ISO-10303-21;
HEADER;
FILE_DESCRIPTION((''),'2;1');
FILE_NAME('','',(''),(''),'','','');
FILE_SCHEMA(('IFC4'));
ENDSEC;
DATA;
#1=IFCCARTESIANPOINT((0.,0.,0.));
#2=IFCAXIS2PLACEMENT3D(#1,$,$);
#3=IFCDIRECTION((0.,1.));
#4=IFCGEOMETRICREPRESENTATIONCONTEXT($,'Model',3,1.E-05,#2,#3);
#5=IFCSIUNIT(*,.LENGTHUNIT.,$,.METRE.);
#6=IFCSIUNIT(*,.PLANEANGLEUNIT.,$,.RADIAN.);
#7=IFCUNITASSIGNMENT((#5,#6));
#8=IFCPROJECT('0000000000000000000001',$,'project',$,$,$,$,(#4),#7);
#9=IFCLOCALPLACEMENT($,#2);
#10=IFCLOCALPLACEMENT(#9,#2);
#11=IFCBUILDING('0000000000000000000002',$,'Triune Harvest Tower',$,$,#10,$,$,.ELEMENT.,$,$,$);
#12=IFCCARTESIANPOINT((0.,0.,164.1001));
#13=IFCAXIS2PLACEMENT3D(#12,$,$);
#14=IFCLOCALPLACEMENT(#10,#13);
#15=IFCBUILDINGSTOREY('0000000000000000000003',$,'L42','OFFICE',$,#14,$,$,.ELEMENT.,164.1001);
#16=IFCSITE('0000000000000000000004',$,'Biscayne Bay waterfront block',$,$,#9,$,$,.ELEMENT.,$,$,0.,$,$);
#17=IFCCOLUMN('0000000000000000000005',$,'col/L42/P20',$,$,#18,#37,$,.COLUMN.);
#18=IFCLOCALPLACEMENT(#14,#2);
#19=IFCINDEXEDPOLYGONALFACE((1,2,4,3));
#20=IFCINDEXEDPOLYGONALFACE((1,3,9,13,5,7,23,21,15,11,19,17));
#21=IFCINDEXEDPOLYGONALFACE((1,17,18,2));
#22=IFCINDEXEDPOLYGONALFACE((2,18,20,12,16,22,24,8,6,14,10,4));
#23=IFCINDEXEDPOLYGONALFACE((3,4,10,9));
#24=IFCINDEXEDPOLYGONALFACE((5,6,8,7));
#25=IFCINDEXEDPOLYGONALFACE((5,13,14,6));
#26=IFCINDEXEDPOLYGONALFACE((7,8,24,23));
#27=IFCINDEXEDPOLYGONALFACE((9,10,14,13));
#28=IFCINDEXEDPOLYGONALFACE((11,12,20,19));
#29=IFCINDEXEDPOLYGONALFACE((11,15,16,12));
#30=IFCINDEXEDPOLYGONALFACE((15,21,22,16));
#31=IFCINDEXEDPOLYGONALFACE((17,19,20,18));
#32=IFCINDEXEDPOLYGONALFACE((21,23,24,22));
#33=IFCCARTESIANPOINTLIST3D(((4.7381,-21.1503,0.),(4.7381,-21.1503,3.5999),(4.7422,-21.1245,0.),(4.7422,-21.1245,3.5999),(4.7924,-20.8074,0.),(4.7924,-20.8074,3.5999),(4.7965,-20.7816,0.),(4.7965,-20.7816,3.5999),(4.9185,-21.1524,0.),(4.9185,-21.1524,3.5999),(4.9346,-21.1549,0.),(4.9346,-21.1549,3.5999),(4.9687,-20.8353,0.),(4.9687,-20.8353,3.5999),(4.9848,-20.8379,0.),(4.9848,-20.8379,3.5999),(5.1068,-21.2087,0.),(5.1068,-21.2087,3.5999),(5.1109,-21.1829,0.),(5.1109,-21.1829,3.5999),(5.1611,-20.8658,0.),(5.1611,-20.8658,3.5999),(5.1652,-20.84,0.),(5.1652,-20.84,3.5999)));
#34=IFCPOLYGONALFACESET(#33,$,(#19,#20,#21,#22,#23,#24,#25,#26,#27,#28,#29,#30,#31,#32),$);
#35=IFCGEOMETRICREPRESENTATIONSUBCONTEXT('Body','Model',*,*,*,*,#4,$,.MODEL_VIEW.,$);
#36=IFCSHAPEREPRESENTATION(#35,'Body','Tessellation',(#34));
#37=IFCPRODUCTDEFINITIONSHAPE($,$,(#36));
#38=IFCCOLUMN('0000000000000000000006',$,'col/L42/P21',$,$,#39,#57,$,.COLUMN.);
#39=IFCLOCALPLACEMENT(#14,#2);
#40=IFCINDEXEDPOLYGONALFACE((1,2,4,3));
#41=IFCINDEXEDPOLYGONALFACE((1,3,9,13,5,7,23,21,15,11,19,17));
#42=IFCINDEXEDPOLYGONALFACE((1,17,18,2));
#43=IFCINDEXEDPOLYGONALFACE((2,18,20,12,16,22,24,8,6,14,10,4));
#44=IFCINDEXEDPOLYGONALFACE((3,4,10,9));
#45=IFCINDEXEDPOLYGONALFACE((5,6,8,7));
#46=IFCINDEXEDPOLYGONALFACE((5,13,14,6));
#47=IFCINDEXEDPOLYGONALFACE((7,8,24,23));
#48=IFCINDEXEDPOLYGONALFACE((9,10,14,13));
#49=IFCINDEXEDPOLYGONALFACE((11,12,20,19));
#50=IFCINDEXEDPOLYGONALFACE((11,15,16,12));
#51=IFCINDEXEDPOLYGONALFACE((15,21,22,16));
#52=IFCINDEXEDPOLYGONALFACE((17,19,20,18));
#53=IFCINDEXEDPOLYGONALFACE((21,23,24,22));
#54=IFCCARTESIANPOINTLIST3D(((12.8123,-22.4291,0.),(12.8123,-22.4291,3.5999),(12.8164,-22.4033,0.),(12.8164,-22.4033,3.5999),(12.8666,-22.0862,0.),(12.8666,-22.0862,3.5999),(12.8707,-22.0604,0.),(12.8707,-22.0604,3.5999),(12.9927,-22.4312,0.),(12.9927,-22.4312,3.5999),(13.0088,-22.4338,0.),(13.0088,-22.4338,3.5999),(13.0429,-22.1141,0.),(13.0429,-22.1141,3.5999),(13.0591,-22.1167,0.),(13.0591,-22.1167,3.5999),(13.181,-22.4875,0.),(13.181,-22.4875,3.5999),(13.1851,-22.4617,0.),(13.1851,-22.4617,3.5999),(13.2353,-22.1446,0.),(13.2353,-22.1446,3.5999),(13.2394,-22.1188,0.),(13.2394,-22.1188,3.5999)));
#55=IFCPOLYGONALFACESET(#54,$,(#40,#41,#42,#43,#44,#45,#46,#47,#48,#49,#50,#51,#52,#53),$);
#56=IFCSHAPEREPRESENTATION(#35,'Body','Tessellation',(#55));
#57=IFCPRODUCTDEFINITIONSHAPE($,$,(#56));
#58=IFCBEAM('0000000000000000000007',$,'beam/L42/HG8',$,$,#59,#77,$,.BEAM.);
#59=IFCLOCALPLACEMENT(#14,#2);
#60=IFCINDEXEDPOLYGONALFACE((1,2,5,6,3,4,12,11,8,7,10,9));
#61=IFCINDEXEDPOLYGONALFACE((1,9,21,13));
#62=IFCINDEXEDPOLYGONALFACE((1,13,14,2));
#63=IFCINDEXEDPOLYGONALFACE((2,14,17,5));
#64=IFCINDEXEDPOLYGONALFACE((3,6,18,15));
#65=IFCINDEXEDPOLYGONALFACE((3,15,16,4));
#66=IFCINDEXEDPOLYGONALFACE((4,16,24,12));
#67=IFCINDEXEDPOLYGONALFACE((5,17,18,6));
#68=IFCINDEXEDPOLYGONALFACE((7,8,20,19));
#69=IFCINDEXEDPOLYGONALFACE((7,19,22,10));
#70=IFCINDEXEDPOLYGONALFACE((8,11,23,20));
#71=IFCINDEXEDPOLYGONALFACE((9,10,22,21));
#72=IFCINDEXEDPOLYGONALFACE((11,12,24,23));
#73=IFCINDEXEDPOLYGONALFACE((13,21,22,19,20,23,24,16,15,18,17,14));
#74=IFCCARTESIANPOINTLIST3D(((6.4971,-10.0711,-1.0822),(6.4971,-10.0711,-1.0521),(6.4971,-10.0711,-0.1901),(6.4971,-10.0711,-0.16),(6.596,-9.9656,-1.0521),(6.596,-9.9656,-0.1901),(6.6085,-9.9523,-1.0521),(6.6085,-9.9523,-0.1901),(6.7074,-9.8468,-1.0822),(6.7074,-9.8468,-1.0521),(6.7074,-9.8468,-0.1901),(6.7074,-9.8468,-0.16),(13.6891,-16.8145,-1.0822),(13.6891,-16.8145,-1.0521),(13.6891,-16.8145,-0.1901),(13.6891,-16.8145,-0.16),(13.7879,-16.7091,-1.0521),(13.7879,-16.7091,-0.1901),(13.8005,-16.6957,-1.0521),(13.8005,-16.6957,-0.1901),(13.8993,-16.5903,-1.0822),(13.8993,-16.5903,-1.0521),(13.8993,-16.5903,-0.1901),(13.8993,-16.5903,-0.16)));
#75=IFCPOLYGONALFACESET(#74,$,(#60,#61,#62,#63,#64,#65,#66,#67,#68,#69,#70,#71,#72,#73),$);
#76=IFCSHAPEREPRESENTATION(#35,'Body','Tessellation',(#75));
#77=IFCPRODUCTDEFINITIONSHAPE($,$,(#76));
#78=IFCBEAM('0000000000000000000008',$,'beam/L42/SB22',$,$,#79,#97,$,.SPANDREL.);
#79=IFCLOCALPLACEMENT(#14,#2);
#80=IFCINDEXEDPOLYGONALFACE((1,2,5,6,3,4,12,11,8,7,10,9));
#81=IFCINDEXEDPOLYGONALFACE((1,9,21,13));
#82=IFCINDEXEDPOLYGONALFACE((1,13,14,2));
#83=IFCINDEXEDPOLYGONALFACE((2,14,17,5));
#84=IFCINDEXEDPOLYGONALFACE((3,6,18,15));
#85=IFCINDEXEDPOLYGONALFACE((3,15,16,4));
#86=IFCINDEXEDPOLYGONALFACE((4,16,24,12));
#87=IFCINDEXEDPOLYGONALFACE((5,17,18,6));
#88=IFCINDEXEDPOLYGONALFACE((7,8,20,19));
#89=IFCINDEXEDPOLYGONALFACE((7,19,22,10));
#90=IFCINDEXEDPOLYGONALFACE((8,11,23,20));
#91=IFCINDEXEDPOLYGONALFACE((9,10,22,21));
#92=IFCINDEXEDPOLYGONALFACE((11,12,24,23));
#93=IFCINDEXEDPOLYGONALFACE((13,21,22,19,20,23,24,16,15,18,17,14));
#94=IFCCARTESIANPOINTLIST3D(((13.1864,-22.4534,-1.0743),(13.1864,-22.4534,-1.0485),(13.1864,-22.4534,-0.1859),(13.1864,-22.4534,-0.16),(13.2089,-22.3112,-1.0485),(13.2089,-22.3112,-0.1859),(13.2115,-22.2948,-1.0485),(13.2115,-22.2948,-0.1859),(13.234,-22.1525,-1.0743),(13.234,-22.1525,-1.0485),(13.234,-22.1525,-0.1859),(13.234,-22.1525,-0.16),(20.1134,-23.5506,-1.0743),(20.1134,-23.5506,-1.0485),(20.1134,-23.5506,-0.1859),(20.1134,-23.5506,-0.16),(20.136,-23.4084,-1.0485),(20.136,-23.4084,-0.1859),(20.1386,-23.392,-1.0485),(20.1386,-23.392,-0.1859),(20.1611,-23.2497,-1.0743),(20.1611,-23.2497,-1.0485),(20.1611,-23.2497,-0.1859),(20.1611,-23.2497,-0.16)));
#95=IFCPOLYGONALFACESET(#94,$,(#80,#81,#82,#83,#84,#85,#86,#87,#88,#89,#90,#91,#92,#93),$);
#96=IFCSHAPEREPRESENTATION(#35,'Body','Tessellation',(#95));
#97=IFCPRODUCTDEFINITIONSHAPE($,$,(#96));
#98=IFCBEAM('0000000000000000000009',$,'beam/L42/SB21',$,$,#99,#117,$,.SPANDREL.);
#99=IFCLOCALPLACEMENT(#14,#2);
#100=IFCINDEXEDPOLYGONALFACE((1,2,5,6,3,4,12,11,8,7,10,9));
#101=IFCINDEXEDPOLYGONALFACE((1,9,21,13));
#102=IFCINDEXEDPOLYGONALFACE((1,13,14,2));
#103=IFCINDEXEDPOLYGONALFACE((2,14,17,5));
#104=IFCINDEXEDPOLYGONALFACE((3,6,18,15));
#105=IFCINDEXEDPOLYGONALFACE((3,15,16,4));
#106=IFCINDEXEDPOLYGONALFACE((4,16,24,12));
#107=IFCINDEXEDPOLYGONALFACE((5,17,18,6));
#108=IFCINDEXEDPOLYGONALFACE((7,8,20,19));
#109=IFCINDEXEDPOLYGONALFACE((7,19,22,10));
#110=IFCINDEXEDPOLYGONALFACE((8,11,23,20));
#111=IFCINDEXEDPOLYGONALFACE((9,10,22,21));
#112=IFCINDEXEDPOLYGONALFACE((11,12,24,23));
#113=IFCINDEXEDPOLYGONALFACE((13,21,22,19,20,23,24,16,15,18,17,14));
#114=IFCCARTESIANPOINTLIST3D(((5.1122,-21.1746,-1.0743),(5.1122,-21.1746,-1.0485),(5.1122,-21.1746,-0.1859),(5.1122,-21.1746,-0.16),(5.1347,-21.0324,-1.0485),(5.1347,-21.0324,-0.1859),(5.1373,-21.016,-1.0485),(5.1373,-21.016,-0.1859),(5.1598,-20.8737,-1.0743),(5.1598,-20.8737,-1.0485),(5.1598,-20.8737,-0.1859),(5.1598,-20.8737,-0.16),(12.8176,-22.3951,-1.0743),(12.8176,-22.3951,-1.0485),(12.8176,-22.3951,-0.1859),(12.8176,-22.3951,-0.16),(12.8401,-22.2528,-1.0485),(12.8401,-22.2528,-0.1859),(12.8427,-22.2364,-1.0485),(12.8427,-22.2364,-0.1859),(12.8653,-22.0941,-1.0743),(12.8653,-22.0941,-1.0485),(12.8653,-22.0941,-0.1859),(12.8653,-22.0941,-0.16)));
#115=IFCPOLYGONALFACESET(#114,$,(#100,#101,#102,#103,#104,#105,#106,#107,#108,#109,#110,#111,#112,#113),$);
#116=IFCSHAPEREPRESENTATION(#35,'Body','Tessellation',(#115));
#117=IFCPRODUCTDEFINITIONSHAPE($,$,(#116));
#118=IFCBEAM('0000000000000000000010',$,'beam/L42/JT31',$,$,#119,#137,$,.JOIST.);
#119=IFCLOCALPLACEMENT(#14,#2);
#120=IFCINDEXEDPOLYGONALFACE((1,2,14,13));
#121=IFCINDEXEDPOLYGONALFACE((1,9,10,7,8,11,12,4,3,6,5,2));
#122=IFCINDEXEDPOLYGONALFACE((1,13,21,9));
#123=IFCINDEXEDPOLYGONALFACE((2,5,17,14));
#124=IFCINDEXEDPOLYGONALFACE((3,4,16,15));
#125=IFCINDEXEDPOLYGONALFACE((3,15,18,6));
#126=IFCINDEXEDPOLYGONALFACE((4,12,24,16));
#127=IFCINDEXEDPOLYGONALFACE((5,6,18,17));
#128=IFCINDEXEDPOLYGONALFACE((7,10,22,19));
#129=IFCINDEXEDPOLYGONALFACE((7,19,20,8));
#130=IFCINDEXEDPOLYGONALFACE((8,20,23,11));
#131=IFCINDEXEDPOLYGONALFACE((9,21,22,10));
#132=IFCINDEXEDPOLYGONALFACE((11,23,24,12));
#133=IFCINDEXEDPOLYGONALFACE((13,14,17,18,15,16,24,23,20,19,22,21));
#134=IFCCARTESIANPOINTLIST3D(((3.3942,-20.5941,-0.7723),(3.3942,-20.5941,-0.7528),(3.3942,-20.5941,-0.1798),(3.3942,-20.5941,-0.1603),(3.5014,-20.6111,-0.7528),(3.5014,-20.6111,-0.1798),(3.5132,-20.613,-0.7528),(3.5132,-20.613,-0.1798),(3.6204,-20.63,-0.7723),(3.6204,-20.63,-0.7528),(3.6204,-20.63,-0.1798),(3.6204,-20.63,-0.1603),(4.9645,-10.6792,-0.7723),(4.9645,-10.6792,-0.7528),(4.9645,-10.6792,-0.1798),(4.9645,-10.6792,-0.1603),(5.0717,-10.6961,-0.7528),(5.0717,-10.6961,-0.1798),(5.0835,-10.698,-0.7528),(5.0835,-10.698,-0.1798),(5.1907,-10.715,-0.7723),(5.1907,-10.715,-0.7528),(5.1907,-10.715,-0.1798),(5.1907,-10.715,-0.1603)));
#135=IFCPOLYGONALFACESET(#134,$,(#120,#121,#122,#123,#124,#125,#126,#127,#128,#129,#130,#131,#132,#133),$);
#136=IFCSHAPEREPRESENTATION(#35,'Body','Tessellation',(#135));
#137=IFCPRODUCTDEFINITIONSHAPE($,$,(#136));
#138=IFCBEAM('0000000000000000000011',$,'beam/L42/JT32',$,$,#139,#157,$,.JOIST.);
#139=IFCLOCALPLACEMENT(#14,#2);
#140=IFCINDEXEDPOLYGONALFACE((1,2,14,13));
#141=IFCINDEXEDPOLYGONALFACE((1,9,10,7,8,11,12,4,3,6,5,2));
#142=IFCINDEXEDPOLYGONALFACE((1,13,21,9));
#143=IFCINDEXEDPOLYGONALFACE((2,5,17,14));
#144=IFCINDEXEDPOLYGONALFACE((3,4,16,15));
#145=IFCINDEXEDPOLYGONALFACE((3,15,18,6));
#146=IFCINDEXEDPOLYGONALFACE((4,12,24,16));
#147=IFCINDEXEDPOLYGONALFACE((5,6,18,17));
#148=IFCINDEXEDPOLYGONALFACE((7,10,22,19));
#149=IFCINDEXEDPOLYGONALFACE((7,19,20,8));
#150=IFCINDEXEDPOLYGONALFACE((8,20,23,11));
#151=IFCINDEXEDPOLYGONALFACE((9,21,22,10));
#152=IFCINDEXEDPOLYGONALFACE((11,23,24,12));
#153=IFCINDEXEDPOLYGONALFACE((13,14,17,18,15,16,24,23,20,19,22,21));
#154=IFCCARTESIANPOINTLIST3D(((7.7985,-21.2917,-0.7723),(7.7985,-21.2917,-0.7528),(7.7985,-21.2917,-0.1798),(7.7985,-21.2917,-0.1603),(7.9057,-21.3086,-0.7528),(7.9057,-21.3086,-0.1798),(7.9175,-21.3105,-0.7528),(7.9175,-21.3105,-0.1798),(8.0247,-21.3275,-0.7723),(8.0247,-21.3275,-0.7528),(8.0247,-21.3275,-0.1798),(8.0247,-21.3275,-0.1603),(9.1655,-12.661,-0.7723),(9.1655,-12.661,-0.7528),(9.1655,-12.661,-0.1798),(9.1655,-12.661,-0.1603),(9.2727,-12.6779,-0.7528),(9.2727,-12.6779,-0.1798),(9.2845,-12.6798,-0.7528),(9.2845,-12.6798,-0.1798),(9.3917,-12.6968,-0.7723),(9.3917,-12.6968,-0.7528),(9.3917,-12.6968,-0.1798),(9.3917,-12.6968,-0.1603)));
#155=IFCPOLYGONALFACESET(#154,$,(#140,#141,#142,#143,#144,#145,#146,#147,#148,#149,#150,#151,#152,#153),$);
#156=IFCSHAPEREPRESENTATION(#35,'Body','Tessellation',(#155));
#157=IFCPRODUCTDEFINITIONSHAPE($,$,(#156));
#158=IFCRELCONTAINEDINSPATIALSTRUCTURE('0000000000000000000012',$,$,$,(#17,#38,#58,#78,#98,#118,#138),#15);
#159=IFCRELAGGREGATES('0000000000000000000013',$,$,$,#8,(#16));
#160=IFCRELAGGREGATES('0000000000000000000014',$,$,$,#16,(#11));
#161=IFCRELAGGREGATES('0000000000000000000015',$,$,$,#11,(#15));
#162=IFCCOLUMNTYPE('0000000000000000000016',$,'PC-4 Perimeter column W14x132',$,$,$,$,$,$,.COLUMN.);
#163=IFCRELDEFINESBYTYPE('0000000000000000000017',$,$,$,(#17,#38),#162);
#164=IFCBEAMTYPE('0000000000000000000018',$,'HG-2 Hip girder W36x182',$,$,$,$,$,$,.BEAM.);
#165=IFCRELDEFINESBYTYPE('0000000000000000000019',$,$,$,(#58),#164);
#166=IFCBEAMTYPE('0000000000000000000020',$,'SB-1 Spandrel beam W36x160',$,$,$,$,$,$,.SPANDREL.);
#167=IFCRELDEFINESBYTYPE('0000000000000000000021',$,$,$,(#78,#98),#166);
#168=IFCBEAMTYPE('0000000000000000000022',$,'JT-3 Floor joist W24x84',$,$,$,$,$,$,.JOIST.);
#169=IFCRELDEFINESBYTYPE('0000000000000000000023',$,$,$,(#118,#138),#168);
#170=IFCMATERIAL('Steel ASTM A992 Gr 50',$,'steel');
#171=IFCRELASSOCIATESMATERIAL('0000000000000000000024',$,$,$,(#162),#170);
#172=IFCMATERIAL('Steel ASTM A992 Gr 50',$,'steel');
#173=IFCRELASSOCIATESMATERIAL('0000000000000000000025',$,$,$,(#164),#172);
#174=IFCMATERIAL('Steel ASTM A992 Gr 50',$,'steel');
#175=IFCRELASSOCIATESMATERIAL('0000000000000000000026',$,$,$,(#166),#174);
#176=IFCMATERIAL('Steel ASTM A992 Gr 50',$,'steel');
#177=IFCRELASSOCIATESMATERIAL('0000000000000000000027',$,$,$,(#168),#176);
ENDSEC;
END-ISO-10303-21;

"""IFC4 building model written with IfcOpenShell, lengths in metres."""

from ifc_helpers import new_model, si_unit, direction, frame, origin, origin_2d, place, context, subcontext, project, spatial, i_section, extrude, source, transform, mapped, material, material_profile, profile_set, type_object, element, save


model = new_model("IFC4")

# Units and contexts
model_context = context("Model", 3, precision=1e-05, world=origin(), true_north=direction((0.0, 1.0)))
body_context = subcontext(model_context, "Body", "Model", "MODEL_VIEW")
ifc_project = project(units=[si_unit("LENGTHUNIT", "METRE"), si_unit("PLANEANGLEUNIT", "RADIAN")], contexts=[model_context])

# Site, building, storey
site_placement = place(None, origin())
site = spatial("IfcSite", under=ifc_project, at=site_placement, Name="Biscayne Bay waterfront block", CompositionType="ELEMENT", RefElevation=0.0)
building_placement = place(site_placement, origin())
building = spatial("IfcBuilding", under=site, at=building_placement, Name="Triune Harvest Tower", CompositionType="ELEMENT")
storey_placement = place(building_placement, frame((0.0, 0.0, 164.1001)))
storey = spatial("IfcBuildingStorey", under=building, at=storey_placement, Name="L42", Description="OFFICE", CompositionType="ELEMENT", Elevation=164.1001)

# Columns
ifc_material_1 = material(Name="Steel ASTM A992 Gr 50", Category="steel")
ifc_material_profile_1 = material_profile(ifc_material_1, i_section(OverallWidth=0.3733, OverallDepth=0.3733, WebThickness=0.0164, FlangeThickness=0.0261, at=origin_2d()), Name="W14x132")
ifc_profile_set_1 = profile_set([ifc_material_profile_1], Name="Steel ASTM A992 Gr 50")
column_type = type_object("IfcColumnType", Name="PC-4 Perimeter column W14x132", PredefinedType="COLUMN", material=ifc_profile_set_1)
shared_shape_1 = source(origin(), body_context, "Body", "SweptSolid", [
    extrude(i_section(OverallWidth=0.3733, OverallDepth=0.3733, WebThickness=0.0164, FlangeThickness=0.0261, at=origin_2d()), origin(), (0.0, 0.0, 1.0), 3.5999),
])
for number, where, z_axis, x_axis, name in (
    (1, (4.9517, -20.9951, 0.0), (0.0, 0.0, 1.0), (0.987688, -0.156434, 0.0), "col/L42/P20"),
    (2, (13.0259, -22.2739, 0.0), (0.0, 0.0, 1.0), (0.987688, -0.156434, 0.0), "col/L42/P21"),
):
    element("IfcColumn", number, at=place(storey_placement, frame(where, z_axis=z_axis, x_axis=x_axis)), inside=storey, type_object=column_type, Name=name, PredefinedType="COLUMN", context=body_context, shape_type="MappedRepresentation", body=[
        mapped(shared_shape_1, transform((0.0, 0.0, 0.0), scale=1.0)),
    ])

# Beams
ifc_material_2 = material(Name="Steel ASTM A992 Gr 50", Category="steel")
ifc_material_profile_2 = material_profile(ifc_material_2, i_section(OverallWidth=0.3074, OverallDepth=0.9221, WebThickness=0.0183, FlangeThickness=0.03, at=origin_2d()), Name="W36x182")
ifc_profile_set_2 = profile_set([ifc_material_profile_2], Name="Steel ASTM A992 Gr 50")
beam_type_1 = type_object("IfcBeamType", Name="HG-2 Hip girder W36x182", PredefinedType="BEAM", material=ifc_profile_set_2)
shared_shape_2 = source(origin(), body_context, "Body", "SweptSolid", [
    extrude(i_section(OverallWidth=0.3074, OverallDepth=0.9221, WebThickness=0.0183, FlangeThickness=0.03, at=origin_2d()), origin(), (0.0, 0.0, 1.0), 9.8589),
])
beam_1_placement = place(storey_placement, frame((13.7942, -16.7024, -0.6211), z_axis=(-0.729486, 0.683995, 0.0), x_axis=(-0.683995, -0.729486, 0.0)))
element("IfcBeam", 3, at=beam_1_placement, inside=storey, type_object=beam_type_1, Name="beam/L42/HG8", PredefinedType="BEAM", context=body_context, shape_type="MappedRepresentation", body=[
    mapped(shared_shape_2, transform((0.0, 0.0, 0.0), scale=1.0)),
])
ifc_material_3 = material(Name="Steel ASTM A992 Gr 50", Category="steel")
ifc_material_profile_3 = material_profile(ifc_material_3, i_section(OverallWidth=0.3047, OverallDepth=0.9143, WebThickness=0.0166, FlangeThickness=0.0259, at=origin_2d()), Name="W36x160")
ifc_profile_set_3 = profile_set([ifc_material_profile_3], Name="Steel ASTM A992 Gr 50")
beam_type_2 = type_object("IfcBeamType", Name="SB-1 Spandrel beam W36x160", PredefinedType="SPANDREL", material=ifc_profile_set_3)
shared_shape_3 = source(origin(), body_context, "Body", "SweptSolid", [
    extrude(i_section(OverallWidth=0.3047, OverallDepth=0.9143, WebThickness=0.0166, FlangeThickness=0.0259, at=origin_2d()), origin(), (0.0, 0.0, 1.0), 7.0134),
])
beam_2_placement = place(storey_placement, frame((13.2102, -22.303, -0.6172), z_axis=(0.987687, -0.15644, 0.0), x_axis=(0.15644, 0.987687, 0.0)))
element("IfcBeam", 4, at=beam_2_placement, inside=storey, type_object=beam_type_2, Name="beam/L42/SB22", PredefinedType="SPANDREL", context=body_context, shape_type="MappedRepresentation", body=[
    mapped(shared_shape_3, transform((0.0, 0.0, 0.0), scale=1.0)),
])
shared_shape_4 = source(origin(), body_context, "Body", "SweptSolid", [
    extrude(i_section(OverallWidth=0.3047, OverallDepth=0.9143, WebThickness=0.0166, FlangeThickness=0.0259, at=origin_2d()), origin(), (0.0, 0.0, 1.0), 7.8015),
])
beam_3_placement = place(storey_placement, frame((5.136, -21.0242, -0.6172), z_axis=(0.987688, -0.156437, 0.0), x_axis=(0.156437, 0.987688, 0.0)))
element("IfcBeam", 5, at=beam_3_placement, inside=storey, type_object=beam_type_2, Name="beam/L42/SB21", PredefinedType="SPANDREL", context=body_context, shape_type="MappedRepresentation", body=[
    mapped(shared_shape_4, transform((0.0, 0.0, 0.0), scale=1.0)),
])
ifc_material_4 = material(Name="Steel ASTM A992 Gr 50", Category="steel")
ifc_material_profile_4 = material_profile(ifc_material_4, i_section(OverallWidth=0.229, OverallDepth=0.6121, WebThickness=0.012, FlangeThickness=0.0195, at=origin_2d()), Name="W24x84")
ifc_profile_set_4 = profile_set([ifc_material_profile_4], Name="Steel ASTM A992 Gr 50")
beam_type_3 = type_object("IfcBeamType", Name="JT-3 Floor joist W24x84", PredefinedType="JOIST", material=ifc_profile_set_4)
shared_shape_5 = source(origin(), body_context, "Body", "SweptSolid", [
    extrude(i_section(OverallWidth=0.229, OverallDepth=0.6121, WebThickness=0.012, FlangeThickness=0.0195, at=origin_2d()), origin(), (0.0, 0.0, 1.0), 10.0386),
])
beam_4_placement = place(storey_placement, frame((3.5073, -20.6121, -0.4663), z_axis=(0.156427, 0.98769, 0.0), x_axis=(-0.98769, 0.156427, 0.0)))
element("IfcBeam", 6, at=beam_4_placement, inside=storey, type_object=beam_type_3, Name="beam/L42/JT31", PredefinedType="JOIST", context=body_context, shape_type="MappedRepresentation", body=[
    mapped(shared_shape_5, transform((0.0, 0.0, 0.0), scale=1.0)),
])
shared_shape_6 = source(origin(), body_context, "Body", "SweptSolid", [
    extrude(i_section(OverallWidth=0.229, OverallDepth=0.6121, WebThickness=0.012, FlangeThickness=0.0195, at=origin_2d()), origin(), (0.0, 0.0, 1.0), 8.7383),
])
beam_5_placement = place(storey_placement, frame((7.9116, -21.3096, -0.4663), z_axis=(0.156433, 0.987689, 0.0), x_axis=(-0.987689, 0.156433, 0.0)))
element("IfcBeam", 7, at=beam_5_placement, inside=storey, type_object=beam_type_3, Name="beam/L42/JT32", PredefinedType="JOIST", context=body_context, shape_type="MappedRepresentation", body=[
    mapped(shared_shape_6, transform((0.0, 0.0, 0.0), scale=1.0)),
])

save(model, "model.ifc")
